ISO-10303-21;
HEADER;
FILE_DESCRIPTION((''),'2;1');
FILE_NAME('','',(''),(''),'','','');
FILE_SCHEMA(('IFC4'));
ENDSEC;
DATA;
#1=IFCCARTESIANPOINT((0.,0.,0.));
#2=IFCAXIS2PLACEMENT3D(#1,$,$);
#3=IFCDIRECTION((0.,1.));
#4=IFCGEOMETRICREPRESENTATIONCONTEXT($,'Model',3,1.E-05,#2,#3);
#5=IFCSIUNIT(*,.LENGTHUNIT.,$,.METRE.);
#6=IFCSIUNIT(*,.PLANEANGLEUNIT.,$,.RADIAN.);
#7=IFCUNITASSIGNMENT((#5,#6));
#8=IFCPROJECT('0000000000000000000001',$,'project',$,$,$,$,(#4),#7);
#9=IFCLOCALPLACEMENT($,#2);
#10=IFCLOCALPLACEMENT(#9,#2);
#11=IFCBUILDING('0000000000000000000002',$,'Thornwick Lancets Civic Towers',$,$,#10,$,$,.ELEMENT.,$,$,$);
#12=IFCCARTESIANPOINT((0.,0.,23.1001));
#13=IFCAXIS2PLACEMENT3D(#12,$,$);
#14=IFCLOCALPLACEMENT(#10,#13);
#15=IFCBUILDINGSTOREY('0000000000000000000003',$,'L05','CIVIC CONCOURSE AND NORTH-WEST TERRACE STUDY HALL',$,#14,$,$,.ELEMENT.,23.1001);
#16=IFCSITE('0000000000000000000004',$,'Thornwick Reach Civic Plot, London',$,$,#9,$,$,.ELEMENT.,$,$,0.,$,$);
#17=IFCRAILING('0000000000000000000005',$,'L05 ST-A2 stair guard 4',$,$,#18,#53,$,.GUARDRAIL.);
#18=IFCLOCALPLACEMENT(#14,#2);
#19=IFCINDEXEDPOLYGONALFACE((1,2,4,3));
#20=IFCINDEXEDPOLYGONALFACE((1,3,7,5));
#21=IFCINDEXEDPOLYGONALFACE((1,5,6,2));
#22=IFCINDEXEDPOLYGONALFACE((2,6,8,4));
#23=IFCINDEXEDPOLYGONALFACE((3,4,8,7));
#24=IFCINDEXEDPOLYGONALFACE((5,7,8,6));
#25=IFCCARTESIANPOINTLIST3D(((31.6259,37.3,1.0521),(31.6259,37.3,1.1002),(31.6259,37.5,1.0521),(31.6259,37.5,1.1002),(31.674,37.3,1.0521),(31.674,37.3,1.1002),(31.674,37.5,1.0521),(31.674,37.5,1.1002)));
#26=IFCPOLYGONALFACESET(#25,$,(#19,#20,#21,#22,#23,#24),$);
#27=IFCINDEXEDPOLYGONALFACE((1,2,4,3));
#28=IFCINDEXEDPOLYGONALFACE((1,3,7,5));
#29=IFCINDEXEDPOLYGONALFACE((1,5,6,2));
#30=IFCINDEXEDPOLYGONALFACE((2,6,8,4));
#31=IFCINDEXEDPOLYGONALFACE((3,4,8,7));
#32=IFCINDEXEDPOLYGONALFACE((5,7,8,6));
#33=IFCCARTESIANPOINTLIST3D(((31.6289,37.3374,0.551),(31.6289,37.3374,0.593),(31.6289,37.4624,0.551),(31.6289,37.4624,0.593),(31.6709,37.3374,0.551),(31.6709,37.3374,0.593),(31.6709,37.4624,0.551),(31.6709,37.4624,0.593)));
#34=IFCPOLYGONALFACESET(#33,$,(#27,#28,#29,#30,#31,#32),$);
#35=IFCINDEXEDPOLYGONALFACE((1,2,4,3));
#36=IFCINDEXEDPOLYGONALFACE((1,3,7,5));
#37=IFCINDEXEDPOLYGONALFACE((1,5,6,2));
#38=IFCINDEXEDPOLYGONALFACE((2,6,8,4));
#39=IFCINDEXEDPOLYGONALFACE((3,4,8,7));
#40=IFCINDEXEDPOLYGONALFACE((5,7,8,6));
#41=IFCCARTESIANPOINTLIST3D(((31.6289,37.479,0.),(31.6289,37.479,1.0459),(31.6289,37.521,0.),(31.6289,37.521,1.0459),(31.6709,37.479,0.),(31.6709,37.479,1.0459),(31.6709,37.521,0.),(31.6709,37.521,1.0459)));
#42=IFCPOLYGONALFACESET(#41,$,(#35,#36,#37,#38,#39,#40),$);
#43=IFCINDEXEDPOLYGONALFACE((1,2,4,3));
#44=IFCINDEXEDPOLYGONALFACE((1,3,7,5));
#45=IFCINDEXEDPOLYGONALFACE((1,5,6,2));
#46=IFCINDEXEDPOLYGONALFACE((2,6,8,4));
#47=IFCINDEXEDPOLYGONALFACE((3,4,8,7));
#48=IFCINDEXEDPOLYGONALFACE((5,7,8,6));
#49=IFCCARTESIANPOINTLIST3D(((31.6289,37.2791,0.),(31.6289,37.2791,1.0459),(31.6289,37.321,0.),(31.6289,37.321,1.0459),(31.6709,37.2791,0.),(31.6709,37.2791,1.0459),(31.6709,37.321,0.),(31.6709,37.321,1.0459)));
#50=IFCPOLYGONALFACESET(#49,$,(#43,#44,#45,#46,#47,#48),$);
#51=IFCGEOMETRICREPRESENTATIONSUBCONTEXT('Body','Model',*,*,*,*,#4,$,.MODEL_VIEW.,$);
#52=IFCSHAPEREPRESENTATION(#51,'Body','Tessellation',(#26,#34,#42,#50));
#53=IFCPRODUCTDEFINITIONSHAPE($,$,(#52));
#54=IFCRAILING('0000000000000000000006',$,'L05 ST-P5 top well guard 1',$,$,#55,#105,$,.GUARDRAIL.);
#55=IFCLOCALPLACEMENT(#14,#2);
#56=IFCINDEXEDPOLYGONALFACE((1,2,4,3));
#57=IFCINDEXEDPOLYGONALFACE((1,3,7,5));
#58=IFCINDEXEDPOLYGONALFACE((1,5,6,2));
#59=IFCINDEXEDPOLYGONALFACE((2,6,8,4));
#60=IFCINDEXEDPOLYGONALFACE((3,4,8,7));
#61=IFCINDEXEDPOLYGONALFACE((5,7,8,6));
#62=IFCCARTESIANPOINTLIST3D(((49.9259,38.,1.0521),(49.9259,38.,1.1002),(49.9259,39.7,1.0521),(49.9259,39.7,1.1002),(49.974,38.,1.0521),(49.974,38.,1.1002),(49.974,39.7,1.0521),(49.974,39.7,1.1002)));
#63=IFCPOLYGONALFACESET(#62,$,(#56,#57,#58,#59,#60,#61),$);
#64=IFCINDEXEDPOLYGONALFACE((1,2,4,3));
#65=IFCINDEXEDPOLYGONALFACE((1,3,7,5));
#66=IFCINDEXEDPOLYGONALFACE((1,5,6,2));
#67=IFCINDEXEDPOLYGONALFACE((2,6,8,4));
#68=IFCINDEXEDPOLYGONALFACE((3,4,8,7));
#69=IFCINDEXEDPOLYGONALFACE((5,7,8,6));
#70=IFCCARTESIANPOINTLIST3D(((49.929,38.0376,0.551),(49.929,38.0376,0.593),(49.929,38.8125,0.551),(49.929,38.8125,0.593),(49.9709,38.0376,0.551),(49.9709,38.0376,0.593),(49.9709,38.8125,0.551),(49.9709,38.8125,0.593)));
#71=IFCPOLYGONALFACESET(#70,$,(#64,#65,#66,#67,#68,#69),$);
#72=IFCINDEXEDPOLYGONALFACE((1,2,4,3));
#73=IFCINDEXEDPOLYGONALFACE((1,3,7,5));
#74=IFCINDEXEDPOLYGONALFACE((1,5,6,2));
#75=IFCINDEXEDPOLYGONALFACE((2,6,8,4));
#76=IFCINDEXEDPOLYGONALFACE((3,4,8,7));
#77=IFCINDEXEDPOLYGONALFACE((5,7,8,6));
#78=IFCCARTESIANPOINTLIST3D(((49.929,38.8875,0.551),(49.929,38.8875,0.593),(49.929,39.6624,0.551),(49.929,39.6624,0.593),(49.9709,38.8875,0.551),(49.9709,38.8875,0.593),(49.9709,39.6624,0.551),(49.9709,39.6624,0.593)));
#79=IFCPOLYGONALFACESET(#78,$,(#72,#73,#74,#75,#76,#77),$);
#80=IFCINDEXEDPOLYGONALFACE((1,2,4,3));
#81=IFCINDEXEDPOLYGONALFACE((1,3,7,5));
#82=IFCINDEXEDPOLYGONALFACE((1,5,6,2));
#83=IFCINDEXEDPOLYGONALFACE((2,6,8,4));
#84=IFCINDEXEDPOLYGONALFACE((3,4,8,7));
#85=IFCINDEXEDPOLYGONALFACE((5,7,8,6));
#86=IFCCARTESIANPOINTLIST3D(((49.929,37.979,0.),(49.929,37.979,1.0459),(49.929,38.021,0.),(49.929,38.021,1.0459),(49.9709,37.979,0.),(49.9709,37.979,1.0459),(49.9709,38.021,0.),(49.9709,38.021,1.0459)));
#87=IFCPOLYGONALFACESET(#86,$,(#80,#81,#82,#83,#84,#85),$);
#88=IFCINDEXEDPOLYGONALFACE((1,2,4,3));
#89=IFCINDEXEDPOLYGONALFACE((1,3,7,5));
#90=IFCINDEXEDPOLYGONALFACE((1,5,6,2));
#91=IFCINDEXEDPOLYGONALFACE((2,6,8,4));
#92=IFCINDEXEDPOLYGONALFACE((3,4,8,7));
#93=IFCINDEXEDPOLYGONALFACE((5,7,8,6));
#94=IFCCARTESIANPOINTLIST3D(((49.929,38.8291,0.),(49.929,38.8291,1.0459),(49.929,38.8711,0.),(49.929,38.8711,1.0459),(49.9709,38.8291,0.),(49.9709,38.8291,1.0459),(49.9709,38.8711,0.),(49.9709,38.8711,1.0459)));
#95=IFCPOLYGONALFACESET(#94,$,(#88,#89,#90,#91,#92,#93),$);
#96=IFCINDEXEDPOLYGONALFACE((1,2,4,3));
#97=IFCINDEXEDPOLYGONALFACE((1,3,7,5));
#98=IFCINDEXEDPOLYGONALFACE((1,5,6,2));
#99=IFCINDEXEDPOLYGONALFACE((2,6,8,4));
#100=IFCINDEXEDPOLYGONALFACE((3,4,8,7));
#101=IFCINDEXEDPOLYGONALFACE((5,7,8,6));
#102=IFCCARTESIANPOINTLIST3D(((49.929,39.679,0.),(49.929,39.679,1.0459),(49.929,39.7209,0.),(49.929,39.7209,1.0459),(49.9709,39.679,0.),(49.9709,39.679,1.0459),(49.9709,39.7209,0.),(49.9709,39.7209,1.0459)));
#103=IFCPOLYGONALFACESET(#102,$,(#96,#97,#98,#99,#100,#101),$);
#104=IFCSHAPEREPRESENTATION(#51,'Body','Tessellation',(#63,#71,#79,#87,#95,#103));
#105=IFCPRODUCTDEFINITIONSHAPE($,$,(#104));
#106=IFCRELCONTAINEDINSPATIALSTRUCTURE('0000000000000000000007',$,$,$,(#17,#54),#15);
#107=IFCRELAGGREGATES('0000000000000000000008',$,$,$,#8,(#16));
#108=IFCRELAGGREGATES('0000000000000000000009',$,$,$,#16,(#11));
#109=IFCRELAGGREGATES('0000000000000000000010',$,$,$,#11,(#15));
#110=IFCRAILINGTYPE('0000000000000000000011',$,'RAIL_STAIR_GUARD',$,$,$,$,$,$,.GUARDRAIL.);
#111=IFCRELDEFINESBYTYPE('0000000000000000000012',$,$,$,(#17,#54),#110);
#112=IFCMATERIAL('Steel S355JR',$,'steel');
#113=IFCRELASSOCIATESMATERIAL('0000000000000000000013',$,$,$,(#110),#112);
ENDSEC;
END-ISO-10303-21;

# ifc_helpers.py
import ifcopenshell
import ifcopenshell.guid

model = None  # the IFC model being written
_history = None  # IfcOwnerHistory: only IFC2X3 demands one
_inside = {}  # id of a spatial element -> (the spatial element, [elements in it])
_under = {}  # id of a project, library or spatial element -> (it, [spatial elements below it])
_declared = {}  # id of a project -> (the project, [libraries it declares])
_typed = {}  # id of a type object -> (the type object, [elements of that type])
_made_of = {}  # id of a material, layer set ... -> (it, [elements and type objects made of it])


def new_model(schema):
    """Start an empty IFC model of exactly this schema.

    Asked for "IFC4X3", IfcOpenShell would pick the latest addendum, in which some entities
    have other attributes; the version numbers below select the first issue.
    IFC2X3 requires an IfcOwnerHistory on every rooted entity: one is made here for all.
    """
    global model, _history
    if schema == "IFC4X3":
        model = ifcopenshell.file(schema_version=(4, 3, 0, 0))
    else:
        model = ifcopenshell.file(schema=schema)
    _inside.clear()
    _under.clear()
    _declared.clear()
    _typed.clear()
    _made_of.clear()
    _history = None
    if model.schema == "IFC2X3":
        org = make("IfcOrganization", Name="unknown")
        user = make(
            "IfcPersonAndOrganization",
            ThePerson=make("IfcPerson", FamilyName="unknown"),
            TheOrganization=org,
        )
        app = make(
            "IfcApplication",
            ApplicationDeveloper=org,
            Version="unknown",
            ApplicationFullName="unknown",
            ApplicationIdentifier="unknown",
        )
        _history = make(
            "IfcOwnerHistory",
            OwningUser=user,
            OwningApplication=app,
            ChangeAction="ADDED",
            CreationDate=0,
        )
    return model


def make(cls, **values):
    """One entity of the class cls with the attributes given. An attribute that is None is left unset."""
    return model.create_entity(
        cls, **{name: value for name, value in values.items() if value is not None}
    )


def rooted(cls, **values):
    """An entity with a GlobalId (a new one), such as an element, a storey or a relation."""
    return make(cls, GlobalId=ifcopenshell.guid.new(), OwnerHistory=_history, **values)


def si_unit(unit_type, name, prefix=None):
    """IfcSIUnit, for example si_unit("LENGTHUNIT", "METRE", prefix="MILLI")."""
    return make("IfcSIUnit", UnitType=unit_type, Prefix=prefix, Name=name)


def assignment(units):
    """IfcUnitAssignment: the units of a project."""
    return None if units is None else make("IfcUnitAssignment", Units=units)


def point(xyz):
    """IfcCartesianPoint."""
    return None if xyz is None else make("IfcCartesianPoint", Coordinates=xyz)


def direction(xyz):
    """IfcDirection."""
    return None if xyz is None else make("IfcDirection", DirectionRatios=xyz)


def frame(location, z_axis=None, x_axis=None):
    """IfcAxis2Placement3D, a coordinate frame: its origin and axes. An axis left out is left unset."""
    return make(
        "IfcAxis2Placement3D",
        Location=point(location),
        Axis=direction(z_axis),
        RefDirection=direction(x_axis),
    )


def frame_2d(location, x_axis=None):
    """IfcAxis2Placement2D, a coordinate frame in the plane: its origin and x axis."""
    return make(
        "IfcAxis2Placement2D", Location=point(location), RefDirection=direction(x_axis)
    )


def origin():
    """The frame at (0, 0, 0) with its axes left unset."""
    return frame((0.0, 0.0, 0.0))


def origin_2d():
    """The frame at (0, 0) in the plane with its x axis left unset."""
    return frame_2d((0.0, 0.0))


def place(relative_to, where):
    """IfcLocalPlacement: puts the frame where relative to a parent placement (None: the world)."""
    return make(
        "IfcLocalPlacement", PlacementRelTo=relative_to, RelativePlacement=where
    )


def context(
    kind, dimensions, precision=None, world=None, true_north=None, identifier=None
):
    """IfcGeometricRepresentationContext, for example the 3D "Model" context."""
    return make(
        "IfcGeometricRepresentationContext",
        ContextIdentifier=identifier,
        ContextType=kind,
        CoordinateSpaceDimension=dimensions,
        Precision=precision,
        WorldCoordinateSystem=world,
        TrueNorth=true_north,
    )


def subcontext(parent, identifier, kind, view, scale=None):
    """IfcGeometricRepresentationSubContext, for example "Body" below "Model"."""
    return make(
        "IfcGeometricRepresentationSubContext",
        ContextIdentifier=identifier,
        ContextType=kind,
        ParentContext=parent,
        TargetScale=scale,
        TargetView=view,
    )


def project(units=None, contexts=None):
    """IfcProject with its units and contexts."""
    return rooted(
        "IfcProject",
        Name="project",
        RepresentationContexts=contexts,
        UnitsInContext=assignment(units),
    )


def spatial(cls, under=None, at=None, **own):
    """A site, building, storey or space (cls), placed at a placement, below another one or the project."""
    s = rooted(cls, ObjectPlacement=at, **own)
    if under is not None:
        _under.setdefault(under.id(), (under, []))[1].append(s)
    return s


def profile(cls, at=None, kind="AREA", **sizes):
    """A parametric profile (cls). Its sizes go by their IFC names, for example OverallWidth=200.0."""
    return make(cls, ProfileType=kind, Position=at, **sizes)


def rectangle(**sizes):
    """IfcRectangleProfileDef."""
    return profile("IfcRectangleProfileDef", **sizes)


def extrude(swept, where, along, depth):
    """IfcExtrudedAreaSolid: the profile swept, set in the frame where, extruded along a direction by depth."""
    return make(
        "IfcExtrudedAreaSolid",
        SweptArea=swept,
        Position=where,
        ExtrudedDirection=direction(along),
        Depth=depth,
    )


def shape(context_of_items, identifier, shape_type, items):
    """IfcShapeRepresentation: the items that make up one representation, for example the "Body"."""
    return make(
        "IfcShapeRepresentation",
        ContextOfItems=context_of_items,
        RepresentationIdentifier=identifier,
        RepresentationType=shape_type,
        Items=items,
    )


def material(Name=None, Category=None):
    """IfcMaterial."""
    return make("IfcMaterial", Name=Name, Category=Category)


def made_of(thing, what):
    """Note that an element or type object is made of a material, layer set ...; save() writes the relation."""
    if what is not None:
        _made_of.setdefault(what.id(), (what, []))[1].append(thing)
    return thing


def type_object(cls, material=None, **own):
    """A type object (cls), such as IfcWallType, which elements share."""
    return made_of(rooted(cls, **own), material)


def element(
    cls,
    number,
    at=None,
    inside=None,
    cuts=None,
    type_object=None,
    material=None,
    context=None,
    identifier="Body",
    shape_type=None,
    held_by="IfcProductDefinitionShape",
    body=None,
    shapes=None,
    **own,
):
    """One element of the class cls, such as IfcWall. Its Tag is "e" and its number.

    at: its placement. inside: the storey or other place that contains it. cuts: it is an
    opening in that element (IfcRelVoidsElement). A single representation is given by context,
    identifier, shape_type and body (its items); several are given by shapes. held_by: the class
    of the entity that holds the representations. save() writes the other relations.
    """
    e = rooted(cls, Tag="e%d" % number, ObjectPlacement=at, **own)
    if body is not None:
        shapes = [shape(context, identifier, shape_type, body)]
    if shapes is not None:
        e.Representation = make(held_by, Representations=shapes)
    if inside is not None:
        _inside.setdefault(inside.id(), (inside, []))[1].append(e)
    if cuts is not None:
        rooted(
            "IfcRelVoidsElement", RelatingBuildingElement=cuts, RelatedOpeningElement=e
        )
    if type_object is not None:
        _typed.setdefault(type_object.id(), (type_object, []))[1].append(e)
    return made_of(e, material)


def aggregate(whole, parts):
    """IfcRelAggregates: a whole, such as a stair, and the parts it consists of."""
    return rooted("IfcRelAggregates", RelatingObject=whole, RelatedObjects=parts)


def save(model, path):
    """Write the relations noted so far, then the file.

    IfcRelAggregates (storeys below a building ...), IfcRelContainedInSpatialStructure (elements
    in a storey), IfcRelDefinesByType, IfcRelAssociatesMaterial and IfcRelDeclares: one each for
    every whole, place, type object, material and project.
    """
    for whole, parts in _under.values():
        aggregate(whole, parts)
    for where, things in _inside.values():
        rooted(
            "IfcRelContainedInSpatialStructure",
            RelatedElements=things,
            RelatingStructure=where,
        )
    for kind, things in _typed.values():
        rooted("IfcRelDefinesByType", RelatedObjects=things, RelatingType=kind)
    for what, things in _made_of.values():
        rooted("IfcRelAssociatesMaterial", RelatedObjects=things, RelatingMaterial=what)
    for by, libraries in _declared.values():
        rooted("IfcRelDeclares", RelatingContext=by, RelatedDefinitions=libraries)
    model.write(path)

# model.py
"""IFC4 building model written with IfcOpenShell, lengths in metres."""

from ifc_helpers import new_model, si_unit, direction, frame, origin, origin_2d, place, context, subcontext, project, spatial, rectangle, extrude, material, type_object, element, save


model = new_model("IFC4")

# Units and contexts
model_context = context("Model", 3, precision=1e-05, world=origin(), true_north=direction((0.0, 1.0)))
body_context = subcontext(model_context, "Body", "Model", "MODEL_VIEW")
ifc_project = project(units=[si_unit("LENGTHUNIT", "METRE"), si_unit("PLANEANGLEUNIT", "RADIAN")], contexts=[model_context])

# Site, building, storey
site_placement = place(None, origin())
site = spatial("IfcSite", under=ifc_project, at=site_placement, Name="Thornwick Reach Civic Plot, London", CompositionType="ELEMENT", RefElevation=0.0)
building_placement = place(site_placement, origin())
building = spatial("IfcBuilding", under=site, at=building_placement, Name="Thornwick Lancets Civic Towers", CompositionType="ELEMENT")
storey_placement = place(building_placement, frame((0.0, 0.0, 23.1001)))
storey = spatial("IfcBuildingStorey", under=building, at=storey_placement, Name="L05", Description="CIVIC CONCOURSE AND NORTH-WEST TERRACE STUDY HALL", CompositionType="ELEMENT", Elevation=23.1001)

# Shared definitions
ifc_material_1 = material(Name="Steel S355JR", Category="steel")

# Railings
railing_type_1 = type_object("IfcRailingType", Name="RAIL_STAIR_GUARD", PredefinedType="GUARDRAIL", material=ifc_material_1)
railing_1_placement = place(storey_placement, frame((31.6499, 37.5, 0.0)))
element("IfcRailing", 1, at=railing_1_placement, inside=storey, type_object=railing_type_1, Name="L05 ST-A2 stair guard 4", PredefinedType="GUARDRAIL", context=body_context, shape_type="SweptSolid", body=[
    extrude(rectangle(XDim=0.0481, YDim=0.0481, at=origin_2d()), frame((0.0, 0.0, 1.0762), z_axis=(0.0, -1.0, 0.0), x_axis=(1.0, 0.0, 0.0)), (0.0, 0.0, 1.0), 0.2),
    extrude(rectangle(XDim=0.042, YDim=0.042, at=origin_2d()), frame((0.0, -0.0376, 0.572), z_axis=(0.0, -1.0, 0.0), x_axis=(1.0, 0.0, 0.0)), (0.0, 0.0, 1.0), 0.125),
    extrude(rectangle(XDim=0.042, YDim=0.042, at=origin_2d()), origin(), (0.0, 0.0, 1.0), 1.0459),
    extrude(rectangle(XDim=0.042, YDim=0.042, at=origin_2d()), frame((0.0, -0.2, 0.0)), (0.0, 0.0, 1.0), 1.0459),
])
railing_2_placement = place(storey_placement, frame((49.95, 38.0, 0.0)))
element("IfcRailing", 2, at=railing_2_placement, inside=storey, type_object=railing_type_1, Name="L05 ST-P5 top well guard 1", PredefinedType="GUARDRAIL", context=body_context, shape_type="SweptSolid", body=[
    extrude(rectangle(XDim=0.0481, YDim=0.0481, at=origin_2d()), frame((0.0, 0.0, 1.0762), z_axis=(0.0, 1.0, 0.0), x_axis=(-1.0, 0.0, 0.0)), (0.0, 0.0, 1.0), 1.7),
    extrude(rectangle(XDim=0.042, YDim=0.042, at=origin_2d()), frame((0.0, 0.0376, 0.572), z_axis=(0.0, 1.0, 0.0), x_axis=(-1.0, 0.0, 0.0)), (0.0, 0.0, 1.0), 0.7749),
    extrude(rectangle(XDim=0.042, YDim=0.042, at=origin_2d()), frame((0.0, 0.8875, 0.572), z_axis=(0.0, 1.0, 0.0), x_axis=(-1.0, 0.0, 0.0)), (0.0, 0.0, 1.0), 0.7749),
    extrude(rectangle(XDim=0.042, YDim=0.042, at=origin_2d()), origin(), (0.0, 0.0, 1.0), 1.0459),
    extrude(rectangle(XDim=0.042, YDim=0.042, at=origin_2d()), frame((0.0, 0.8501, 0.0)), (0.0, 0.0, 1.0), 1.0459),
    extrude(rectangle(XDim=0.042, YDim=0.042, at=origin_2d()), frame((0.0, 1.7, 0.0)), (0.0, 0.0, 1.0), 1.0459),
])

save(model, "model.ifc")
